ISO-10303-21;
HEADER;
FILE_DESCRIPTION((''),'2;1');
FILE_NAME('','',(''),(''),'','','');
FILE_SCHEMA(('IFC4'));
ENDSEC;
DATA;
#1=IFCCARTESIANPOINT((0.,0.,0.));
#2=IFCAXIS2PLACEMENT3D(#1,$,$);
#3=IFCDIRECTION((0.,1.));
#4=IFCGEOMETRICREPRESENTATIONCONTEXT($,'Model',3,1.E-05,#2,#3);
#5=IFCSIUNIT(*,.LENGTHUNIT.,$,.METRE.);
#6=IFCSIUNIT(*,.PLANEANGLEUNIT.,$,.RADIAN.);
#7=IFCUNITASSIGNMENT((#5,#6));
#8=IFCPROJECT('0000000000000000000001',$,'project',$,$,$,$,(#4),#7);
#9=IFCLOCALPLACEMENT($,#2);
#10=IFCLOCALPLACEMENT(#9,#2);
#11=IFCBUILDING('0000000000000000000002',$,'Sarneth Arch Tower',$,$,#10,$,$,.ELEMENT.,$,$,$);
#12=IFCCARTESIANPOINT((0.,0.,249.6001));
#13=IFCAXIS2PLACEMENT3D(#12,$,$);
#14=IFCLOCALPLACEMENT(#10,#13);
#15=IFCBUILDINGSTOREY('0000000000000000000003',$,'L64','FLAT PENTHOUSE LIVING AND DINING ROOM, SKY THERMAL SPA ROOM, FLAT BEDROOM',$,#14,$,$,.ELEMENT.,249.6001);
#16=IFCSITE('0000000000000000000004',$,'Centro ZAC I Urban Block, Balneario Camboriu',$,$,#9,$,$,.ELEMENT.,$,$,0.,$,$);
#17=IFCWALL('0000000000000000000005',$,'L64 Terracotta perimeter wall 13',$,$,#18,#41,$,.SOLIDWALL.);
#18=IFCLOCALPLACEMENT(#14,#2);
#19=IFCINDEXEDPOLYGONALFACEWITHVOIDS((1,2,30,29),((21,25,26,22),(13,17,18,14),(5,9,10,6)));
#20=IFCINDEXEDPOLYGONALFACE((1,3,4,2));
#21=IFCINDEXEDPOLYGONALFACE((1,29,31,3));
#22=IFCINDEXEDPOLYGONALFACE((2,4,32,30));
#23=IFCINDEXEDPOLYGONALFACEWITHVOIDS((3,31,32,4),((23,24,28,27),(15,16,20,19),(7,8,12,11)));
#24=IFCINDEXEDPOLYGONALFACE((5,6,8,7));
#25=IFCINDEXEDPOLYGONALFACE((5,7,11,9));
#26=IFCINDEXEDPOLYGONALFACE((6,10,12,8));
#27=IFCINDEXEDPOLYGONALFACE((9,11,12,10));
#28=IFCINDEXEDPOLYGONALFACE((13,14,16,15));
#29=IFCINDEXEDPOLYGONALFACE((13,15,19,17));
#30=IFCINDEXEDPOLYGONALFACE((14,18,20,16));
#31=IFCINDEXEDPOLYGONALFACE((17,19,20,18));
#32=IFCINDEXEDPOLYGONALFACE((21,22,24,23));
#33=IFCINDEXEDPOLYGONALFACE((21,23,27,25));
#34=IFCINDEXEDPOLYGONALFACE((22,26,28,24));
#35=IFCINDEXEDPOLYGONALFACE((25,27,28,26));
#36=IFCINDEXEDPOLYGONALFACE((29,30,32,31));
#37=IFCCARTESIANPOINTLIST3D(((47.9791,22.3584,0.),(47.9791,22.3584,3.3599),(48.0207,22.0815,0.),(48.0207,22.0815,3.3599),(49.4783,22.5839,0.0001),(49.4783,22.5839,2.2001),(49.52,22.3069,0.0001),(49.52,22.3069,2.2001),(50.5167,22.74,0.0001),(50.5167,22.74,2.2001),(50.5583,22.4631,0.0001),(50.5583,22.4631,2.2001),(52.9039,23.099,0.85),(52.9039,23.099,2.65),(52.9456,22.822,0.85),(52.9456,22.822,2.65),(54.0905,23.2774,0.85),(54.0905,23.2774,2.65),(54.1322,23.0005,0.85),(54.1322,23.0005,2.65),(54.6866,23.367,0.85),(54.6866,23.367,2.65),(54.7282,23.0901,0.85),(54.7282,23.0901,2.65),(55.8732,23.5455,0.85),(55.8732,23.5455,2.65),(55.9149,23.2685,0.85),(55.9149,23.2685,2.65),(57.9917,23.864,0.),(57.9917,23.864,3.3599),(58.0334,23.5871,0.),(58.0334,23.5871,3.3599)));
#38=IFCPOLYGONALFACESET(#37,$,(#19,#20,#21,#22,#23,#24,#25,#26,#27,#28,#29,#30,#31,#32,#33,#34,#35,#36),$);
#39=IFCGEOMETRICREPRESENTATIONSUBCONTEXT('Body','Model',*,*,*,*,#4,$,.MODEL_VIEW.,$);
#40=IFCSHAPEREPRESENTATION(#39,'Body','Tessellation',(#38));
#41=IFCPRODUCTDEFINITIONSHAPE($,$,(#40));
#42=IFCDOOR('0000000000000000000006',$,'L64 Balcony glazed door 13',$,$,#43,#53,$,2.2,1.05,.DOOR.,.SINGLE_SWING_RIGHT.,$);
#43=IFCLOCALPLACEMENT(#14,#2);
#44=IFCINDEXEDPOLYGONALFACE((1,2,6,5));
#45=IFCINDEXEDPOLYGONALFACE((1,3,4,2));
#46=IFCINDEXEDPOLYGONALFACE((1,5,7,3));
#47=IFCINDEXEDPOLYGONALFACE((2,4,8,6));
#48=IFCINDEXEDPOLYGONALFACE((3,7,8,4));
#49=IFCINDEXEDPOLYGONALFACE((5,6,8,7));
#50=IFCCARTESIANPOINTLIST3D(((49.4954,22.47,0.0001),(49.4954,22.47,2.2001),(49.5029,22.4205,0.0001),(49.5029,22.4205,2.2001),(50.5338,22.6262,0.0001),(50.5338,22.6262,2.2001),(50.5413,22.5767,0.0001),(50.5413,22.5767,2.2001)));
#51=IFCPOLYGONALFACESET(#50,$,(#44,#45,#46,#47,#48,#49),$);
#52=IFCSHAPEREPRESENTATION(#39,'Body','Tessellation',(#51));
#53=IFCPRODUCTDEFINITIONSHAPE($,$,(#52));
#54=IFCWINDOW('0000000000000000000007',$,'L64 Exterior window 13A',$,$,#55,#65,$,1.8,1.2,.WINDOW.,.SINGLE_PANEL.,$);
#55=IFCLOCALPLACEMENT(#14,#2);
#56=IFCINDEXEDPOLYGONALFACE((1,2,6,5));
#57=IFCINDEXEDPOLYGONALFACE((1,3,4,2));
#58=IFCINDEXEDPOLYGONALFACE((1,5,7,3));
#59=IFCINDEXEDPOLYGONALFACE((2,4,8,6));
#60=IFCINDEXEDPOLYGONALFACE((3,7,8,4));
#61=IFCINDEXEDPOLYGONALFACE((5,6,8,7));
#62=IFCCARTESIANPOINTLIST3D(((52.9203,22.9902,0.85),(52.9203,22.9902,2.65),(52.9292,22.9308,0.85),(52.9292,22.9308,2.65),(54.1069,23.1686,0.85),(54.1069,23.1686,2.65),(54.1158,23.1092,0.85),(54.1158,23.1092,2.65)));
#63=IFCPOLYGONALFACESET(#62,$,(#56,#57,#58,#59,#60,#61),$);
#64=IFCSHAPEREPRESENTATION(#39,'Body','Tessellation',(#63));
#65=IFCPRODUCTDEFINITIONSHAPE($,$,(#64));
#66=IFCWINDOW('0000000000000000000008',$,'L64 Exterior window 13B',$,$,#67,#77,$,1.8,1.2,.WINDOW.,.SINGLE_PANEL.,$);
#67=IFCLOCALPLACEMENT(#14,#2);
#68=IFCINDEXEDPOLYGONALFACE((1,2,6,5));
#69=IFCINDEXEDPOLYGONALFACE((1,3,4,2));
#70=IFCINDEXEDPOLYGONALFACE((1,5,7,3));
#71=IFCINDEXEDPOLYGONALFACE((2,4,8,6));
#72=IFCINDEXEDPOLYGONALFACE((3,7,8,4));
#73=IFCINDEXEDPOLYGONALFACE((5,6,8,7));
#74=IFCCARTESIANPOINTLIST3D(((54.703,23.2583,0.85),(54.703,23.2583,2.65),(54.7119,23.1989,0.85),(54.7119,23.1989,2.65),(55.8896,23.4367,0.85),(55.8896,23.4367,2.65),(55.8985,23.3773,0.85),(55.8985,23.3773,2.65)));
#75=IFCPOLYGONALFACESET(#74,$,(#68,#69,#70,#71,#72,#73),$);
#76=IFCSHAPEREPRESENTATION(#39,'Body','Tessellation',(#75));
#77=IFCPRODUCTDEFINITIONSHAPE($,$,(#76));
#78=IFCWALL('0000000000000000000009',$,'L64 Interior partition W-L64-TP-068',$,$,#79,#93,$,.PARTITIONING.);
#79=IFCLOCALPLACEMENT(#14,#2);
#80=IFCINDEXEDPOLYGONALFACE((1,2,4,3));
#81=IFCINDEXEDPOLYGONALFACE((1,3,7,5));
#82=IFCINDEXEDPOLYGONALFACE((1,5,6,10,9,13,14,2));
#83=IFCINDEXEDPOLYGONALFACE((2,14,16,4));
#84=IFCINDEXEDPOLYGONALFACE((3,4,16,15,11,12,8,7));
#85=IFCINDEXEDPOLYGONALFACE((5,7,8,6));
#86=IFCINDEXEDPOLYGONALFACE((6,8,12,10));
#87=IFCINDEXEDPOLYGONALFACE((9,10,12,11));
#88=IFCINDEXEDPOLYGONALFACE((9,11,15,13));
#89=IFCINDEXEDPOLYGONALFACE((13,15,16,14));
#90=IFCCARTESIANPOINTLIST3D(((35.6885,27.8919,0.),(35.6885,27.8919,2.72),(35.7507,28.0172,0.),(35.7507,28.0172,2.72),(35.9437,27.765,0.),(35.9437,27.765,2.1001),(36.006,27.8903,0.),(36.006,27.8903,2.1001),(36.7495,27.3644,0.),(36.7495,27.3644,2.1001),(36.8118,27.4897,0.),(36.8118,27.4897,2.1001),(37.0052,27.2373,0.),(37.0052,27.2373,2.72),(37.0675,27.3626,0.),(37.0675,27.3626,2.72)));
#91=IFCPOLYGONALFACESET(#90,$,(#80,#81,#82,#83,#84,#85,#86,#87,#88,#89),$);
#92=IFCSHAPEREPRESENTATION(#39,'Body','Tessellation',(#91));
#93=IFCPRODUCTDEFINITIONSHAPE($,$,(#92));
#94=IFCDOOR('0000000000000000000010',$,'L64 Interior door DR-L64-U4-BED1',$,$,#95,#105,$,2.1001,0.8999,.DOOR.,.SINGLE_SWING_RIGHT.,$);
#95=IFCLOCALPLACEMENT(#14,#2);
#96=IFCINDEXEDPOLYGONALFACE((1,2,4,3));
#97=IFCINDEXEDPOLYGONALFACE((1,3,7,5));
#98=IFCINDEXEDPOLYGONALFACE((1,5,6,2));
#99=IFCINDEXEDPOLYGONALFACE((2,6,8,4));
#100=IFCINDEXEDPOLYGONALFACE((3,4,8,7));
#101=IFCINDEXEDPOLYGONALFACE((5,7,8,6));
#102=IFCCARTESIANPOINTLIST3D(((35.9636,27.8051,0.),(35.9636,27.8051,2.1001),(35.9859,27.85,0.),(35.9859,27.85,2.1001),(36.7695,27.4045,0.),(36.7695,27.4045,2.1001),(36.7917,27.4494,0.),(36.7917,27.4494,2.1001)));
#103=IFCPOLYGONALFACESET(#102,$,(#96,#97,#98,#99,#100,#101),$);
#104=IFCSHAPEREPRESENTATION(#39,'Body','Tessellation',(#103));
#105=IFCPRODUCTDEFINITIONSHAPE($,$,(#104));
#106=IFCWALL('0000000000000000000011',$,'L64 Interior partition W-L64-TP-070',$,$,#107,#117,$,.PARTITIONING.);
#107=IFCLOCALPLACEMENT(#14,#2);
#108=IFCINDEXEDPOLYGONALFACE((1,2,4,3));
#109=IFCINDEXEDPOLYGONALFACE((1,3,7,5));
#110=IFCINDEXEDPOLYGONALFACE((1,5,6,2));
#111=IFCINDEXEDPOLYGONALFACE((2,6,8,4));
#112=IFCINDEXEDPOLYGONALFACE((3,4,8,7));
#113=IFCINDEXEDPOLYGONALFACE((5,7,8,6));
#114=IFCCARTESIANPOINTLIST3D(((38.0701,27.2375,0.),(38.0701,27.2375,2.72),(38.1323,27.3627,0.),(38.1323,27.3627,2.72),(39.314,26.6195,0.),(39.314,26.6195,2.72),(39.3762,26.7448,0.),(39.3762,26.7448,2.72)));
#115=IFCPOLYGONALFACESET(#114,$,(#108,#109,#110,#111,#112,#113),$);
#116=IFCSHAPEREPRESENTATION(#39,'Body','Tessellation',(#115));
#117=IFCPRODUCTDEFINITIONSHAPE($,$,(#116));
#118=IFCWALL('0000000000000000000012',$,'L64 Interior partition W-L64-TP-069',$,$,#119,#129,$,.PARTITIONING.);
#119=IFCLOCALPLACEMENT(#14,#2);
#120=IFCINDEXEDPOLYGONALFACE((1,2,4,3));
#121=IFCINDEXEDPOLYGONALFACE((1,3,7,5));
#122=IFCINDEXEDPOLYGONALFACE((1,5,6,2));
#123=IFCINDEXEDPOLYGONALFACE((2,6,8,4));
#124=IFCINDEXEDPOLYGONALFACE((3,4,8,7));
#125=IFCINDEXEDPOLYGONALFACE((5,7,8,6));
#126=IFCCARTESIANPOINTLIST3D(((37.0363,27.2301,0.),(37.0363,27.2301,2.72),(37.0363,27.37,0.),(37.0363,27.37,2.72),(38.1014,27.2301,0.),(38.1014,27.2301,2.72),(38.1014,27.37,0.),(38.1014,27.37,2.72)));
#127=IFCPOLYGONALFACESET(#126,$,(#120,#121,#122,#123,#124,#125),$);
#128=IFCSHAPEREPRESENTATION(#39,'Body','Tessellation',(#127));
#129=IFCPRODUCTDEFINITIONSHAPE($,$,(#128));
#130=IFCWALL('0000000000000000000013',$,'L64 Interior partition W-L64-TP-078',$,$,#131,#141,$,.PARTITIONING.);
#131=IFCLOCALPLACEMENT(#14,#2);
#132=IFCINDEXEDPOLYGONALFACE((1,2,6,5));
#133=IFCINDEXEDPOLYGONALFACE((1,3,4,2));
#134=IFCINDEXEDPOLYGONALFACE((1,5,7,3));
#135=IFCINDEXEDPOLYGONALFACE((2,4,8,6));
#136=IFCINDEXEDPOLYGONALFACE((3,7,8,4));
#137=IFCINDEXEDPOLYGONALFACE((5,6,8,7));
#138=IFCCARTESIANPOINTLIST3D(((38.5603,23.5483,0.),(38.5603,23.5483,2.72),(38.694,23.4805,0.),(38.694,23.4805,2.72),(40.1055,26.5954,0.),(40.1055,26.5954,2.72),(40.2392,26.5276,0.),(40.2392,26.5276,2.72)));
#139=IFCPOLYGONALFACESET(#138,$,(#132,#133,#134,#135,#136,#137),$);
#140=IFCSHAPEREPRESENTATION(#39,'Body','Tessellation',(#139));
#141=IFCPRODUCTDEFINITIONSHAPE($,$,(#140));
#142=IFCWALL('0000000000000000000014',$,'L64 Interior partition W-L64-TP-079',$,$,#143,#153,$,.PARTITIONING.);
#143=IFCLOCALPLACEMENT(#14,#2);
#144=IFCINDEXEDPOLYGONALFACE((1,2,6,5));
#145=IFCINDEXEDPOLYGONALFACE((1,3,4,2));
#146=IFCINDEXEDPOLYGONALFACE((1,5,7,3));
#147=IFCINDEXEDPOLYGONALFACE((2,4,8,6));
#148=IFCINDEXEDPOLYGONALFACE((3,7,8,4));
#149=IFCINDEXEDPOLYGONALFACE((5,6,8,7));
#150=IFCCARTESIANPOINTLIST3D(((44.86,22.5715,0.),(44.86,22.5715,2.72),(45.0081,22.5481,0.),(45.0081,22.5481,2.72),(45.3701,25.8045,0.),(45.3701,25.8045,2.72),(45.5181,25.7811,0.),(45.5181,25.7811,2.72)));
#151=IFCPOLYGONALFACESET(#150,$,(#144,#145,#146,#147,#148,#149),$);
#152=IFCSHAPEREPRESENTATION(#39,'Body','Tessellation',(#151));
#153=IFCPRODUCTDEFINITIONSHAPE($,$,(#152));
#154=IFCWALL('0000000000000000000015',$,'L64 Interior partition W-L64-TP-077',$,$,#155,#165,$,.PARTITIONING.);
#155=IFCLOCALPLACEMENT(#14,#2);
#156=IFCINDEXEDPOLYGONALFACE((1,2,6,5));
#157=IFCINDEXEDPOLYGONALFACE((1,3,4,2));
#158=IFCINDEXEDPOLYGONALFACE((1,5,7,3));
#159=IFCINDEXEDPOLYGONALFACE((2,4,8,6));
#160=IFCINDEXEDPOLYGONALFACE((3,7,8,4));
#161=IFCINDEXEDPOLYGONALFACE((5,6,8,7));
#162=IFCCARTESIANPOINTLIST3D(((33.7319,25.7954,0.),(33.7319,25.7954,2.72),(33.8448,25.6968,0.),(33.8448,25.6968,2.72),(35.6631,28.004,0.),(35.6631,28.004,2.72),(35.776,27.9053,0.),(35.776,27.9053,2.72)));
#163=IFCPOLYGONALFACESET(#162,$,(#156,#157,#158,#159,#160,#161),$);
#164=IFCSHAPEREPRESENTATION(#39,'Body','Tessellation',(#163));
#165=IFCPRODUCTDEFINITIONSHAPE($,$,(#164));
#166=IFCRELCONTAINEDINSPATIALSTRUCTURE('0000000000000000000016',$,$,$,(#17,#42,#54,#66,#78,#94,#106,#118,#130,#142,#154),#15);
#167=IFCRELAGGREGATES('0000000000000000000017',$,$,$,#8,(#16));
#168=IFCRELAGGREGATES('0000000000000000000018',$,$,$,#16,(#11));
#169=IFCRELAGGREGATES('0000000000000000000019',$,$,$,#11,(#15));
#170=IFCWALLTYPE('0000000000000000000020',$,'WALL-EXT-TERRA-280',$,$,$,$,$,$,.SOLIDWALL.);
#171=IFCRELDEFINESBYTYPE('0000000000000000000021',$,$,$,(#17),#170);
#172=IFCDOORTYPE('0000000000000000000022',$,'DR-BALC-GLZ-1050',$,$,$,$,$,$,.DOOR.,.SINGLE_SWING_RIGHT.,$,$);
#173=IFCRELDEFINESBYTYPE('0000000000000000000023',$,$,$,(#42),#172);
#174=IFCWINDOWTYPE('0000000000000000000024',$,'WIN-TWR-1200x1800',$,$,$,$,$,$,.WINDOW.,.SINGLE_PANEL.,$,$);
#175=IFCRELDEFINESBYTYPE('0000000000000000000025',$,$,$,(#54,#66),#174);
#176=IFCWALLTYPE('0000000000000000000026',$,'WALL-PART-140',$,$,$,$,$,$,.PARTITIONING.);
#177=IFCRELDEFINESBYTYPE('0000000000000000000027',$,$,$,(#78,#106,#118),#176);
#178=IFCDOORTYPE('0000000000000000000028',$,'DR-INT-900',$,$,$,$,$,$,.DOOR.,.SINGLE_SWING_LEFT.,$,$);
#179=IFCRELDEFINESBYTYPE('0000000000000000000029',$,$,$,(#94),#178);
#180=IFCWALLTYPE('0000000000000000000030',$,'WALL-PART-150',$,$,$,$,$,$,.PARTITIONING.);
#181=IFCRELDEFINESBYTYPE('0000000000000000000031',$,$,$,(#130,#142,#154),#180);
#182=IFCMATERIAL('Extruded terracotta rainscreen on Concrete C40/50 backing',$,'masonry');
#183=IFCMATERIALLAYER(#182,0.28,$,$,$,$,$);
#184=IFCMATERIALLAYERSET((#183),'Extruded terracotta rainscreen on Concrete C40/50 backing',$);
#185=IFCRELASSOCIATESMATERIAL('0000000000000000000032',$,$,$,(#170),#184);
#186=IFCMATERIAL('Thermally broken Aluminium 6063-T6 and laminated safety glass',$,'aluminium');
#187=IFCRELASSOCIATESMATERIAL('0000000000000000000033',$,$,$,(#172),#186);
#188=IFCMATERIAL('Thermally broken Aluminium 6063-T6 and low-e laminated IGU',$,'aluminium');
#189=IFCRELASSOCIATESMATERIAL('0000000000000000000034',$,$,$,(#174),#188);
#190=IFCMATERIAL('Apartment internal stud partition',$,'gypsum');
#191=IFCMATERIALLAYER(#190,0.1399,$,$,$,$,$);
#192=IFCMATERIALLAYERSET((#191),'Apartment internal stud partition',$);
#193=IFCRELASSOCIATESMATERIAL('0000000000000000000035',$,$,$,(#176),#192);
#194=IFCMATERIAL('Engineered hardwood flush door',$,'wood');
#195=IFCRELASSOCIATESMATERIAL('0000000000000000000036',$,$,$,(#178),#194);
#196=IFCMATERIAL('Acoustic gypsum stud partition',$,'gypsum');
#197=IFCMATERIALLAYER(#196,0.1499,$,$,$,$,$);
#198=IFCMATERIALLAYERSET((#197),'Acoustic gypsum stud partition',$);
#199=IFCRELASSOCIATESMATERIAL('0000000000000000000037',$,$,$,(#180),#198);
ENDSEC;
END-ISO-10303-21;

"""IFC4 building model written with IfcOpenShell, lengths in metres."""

from ifc_helpers import new_model, si_unit, direction, frame, frame_2d, origin, place, context, subcontext, project, spatial, rectangle, extrude, material, layer, layer_set, type_object, element, fill, save


model = new_model("IFC4")

# Units and contexts
model_context = context("Model", 3, precision=1e-05, world=origin(), true_north=direction((0.0, 1.0)))
body_context = subcontext(model_context, "Body", "Model", "MODEL_VIEW")
ifc_project = project(units=[si_unit("LENGTHUNIT", "METRE"), si_unit("PLANEANGLEUNIT", "RADIAN")], contexts=[model_context])

# Site, building, storey
site_placement = place(None, origin())
site = spatial("IfcSite", under=ifc_project, at=site_placement, Name="Centro ZAC I Urban Block, Balneario Camboriu", CompositionType="ELEMENT", RefElevation=0.0)
building_placement = place(site_placement, origin())
building = spatial("IfcBuilding", under=site, at=building_placement, Name="Sarneth Arch Tower", CompositionType="ELEMENT")
storey_placement = place(building_placement, frame((0.0, 0.0, 249.6001)))
storey = spatial("IfcBuildingStorey", under=building, at=storey_placement, Name="L64", Description="FLAT PENTHOUSE LIVING AND DINING ROOM, SKY THERMAL SPA ROOM, FLAT BEDROOM", CompositionType="ELEMENT", Elevation=249.6001)

# Wall, openings, door, windows
ifc_material_1 = material(Name="Extruded terracotta rainscreen on Concrete C40/50 backing", Category="masonry")
ifc_layer_1 = layer(ifc_material_1, 0.28)
ifc_layer_set_1 = layer_set([ifc_layer_1], Name="Extruded terracotta rainscreen on Concrete C40/50 backing")
wall_type_1 = type_object("IfcWallType", Name="WALL-EXT-TERRA-280", PredefinedType="SOLIDWALL", material=ifc_layer_set_1)
wall_1_placement = place(storey_placement, frame((48.0, 22.22, 0.0), z_axis=(0.0, 0.0, 1.0), x_axis=(0.988883, 0.148699, 0.0)))
wall_1 = element("IfcWall", 1, at=wall_1_placement, inside=storey, type_object=wall_type_1, Name="L64 Terracotta perimeter wall 13", PredefinedType="SOLIDWALL", context=body_context, shape_type="SweptSolid", body=[
    extrude(rectangle(XDim=10.1252, YDim=0.28, at=frame_2d((5.0625, 0.0))), origin(), (0.0, 0.0, 1.0), 3.3599),
])
opening_1_placement = place(wall_1_placement, frame((1.5161, 0.0, 0.0)))
opening_1 = element("IfcOpeningElement", 2, at=opening_1_placement, cuts=wall_1, PredefinedType="OPENING", context=body_context, shape_type="SweptSolid", body=[
    extrude(rectangle(XDim=1.05, YDim=2.2, at=frame_2d((0.5249, 1.1001))), frame((0.0, 0.1499, 0.0), z_axis=(0.0, -1.0, 0.0), x_axis=(1.0, 0.0, 0.0)), (0.0, 0.0, 1.0), 0.3),
])
opening_2_placement = place(wall_1_placement, frame((4.98, 0.0, 0.8501)))
opening_2 = element("IfcOpeningElement", 3, at=opening_2_placement, cuts=wall_1, PredefinedType="OPENING", context=body_context, shape_type="SweptSolid", body=[
    extrude(rectangle(XDim=1.2, YDim=1.8, at=frame_2d((0.6001, 0.8999))), frame((0.0, 0.1499, 0.0), z_axis=(0.0, -1.0, 0.0), x_axis=(1.0, 0.0, 0.0)), (0.0, 0.0, 1.0), 0.3),
])
opening_3_placement = place(wall_1_placement, frame((6.7827, 0.0, 0.8501)))
opening_3 = element("IfcOpeningElement", 4, at=opening_3_placement, cuts=wall_1, PredefinedType="OPENING", context=body_context, shape_type="SweptSolid", body=[
    extrude(rectangle(XDim=1.2, YDim=1.8, at=frame_2d((0.6001, 0.8999))), frame((0.0, 0.1499, 0.0), z_axis=(0.0, -1.0, 0.0), x_axis=(1.0, 0.0, 0.0)), (0.0, 0.0, 1.0), 0.3),
])
ifc_material_2 = material(Name="Thermally broken Aluminium 6063-T6 and laminated safety glass", Category="aluminium")
door_type_1 = type_object("IfcDoorType", Name="DR-BALC-GLZ-1050", OperationType="SINGLE_SWING_RIGHT", PredefinedType="DOOR", material=ifc_material_2)
door_1_placement = place(opening_1_placement, origin())
door_1 = element("IfcDoor", 5, at=door_1_placement, inside=storey, type_object=door_type_1, Name="L64 Balcony glazed door 13", OperationType="SINGLE_SWING_RIGHT", OverallHeight=2.2, OverallWidth=1.05, PredefinedType="DOOR", context=body_context, shape_type="SweptSolid", body=[
    extrude(rectangle(XDim=1.05, YDim=2.2, at=frame_2d((0.5249, 1.1001))), frame((0.0, 0.0249, 0.0), z_axis=(0.0, -1.0, 0.0), x_axis=(1.0, 0.0, 0.0)), (0.0, 0.0, 1.0), 0.05),
])
fill(opening_1, door_1)
ifc_material_3 = material(Name="Thermally broken Aluminium 6063-T6 and low-e laminated IGU", Category="aluminium")
window_type_1 = type_object("IfcWindowType", Name="WIN-TWR-1200x1800", PartitioningType="SINGLE_PANEL", PredefinedType="WINDOW", material=ifc_material_3)
window_1_placement = place(opening_2_placement, origin())
window_1 = element("IfcWindow", 6, at=window_1_placement, inside=storey, type_object=window_type_1, Name="L64 Exterior window 13A", OverallHeight=1.8, OverallWidth=1.2, PartitioningType="SINGLE_PANEL", PredefinedType="WINDOW", context=body_context, shape_type="SweptSolid", body=[
    extrude(rectangle(XDim=1.2, YDim=1.8, at=frame_2d((0.6001, 0.8999))), frame((0.0, 0.03, 0.0), z_axis=(0.0, -1.0, 0.0), x_axis=(1.0, 0.0, 0.0)), (0.0, 0.0, 1.0), 0.0601),
])
fill(opening_2, window_1)
window_2_placement = place(opening_3_placement, origin())
window_2 = element("IfcWindow", 7, at=window_2_placement, inside=storey, type_object=window_type_1, Name="L64 Exterior window 13B", OverallHeight=1.8, OverallWidth=1.2, PartitioningType="SINGLE_PANEL", PredefinedType="WINDOW", context=body_context, shape_type="SweptSolid", body=[
    extrude(rectangle(XDim=1.2, YDim=1.8, at=frame_2d((0.6001, 0.8999))), frame((0.0, 0.03, 0.0), z_axis=(0.0, -1.0, 0.0), x_axis=(1.0, 0.0, 0.0)), (0.0, 0.0, 1.0), 0.0601),
])
fill(opening_3, window_2)

# Wall, opening, door
ifc_material_4 = material(Name="Apartment internal stud partition", Category="gypsum")
ifc_layer_2 = layer(ifc_material_4, 0.1399)
ifc_layer_set_2 = layer_set([ifc_layer_2], Name="Apartment internal stud partition")
wall_type_2 = type_object("IfcWallType", Name="WALL-PART-140", PredefinedType="PARTITIONING", material=ifc_layer_set_2)
wall_2_placement = place(storey_placement, frame((35.7195, 27.9546, 0.0), z_axis=(0.0, 0.0, 1.0), x_axis=(0.895454, -0.445154, 0.0)))
wall_2 = element("IfcWall", 8, at=wall_2_placement, inside=storey, type_object=wall_type_2, Name="L64 Interior partition W-L64-TP-068", PredefinedType="PARTITIONING", context=body_context, shape_type="SweptSolid", body=[
    extrude(rectangle(XDim=1.4705, YDim=0.1399, at=frame_2d((0.7354, 0.0))), origin(), (0.0, 0.0, 1.0), 2.72),
])
opening_4_placement = place(wall_2_placement, frame((0.2852, 0.0, 0.0)))
opening_4 = element("IfcOpeningElement", 9, at=opening_4_placement, cuts=wall_2, PredefinedType="OPENING", context=body_context, shape_type="SweptSolid", body=[
    extrude(rectangle(XDim=0.8999, YDim=2.1001, at=frame_2d((0.45, 1.05))), frame((0.0, 0.0798, 0.0), z_axis=(0.0, -1.0, 0.0), x_axis=(1.0, 0.0, 0.0)), (0.0, 0.0, 1.0), 0.1599),
])
ifc_material_5 = material(Name="Engineered hardwood flush door", Category="wood")
door_type_2 = type_object("IfcDoorType", Name="DR-INT-900", OperationType="SINGLE_SWING_LEFT", PredefinedType="DOOR", material=ifc_material_5)
door_2_placement = place(opening_4_placement, origin())
door_2 = element("IfcDoor", 10, at=door_2_placement, inside=storey, type_object=door_type_2, Name="L64 Interior door DR-L64-U4-BED1", OperationType="SINGLE_SWING_RIGHT", OverallHeight=2.1001, OverallWidth=0.8999, PredefinedType="DOOR", context=body_context, shape_type="SweptSolid", body=[
    extrude(rectangle(XDim=0.8999, YDim=2.1001, at=frame_2d((0.45, 1.05))), frame((0.0, 0.0249, 0.0), z_axis=(0.0, -1.0, 0.0), x_axis=(1.0, 0.0, 0.0)), (0.0, 0.0, 1.0), 0.05),
])
fill(opening_4, door_2)

# Walls
wall_3_placement = place(storey_placement, frame((38.1013, 27.3, 0.0), z_axis=(0.0, 0.0, 1.0), x_axis=(0.895584, -0.444892, 0.0)))
element("IfcWall", 11, at=wall_3_placement, inside=storey, type_object=wall_type_2, Name="L64 Interior partition W-L64-TP-070", PredefinedType="PARTITIONING", context=body_context, shape_type="SweptSolid", body=[
    extrude(rectangle(XDim=1.3889, YDim=0.1399, at=frame_2d((0.6943, 0.0))), origin(), (0.0, 0.0, 1.0), 2.72),
])
wall_4_placement = place(storey_placement, frame((37.0361, 27.3, 0.0), z_axis=(0.0, 0.0, 1.0), x_axis=(1.0, 0.0, 0.0)))
element("IfcWall", 12, at=wall_4_placement, inside=storey, type_object=wall_type_2, Name="L64 Interior partition W-L64-TP-069", PredefinedType="PARTITIONING", context=body_context, shape_type="SweptSolid", body=[
    extrude(rectangle(XDim=1.0652, YDim=0.1399, at=frame_2d((0.5327, 0.0))), origin(), (0.0, 0.0, 1.0), 2.72),
])
ifc_material_6 = material(Name="Acoustic gypsum stud partition", Category="gypsum")
ifc_layer_3 = layer(ifc_material_6, 0.1499)
ifc_layer_set_3 = layer_set([ifc_layer_3], Name="Acoustic gypsum stud partition")
wall_type_3 = type_object("IfcWallType", Name="WALL-PART-150", PredefinedType="PARTITIONING", material=ifc_layer_set_3)
wall_5_placement = place(storey_placement, frame((40.1724, 26.5615, 0.0), z_axis=(0.0, 0.0, 1.0), x_axis=(-0.452266, -0.891883, 0.0)))
element("IfcWall", 13, at=wall_5_placement, inside=storey, type_object=wall_type_3, Name="L64 Interior partition W-L64-TP-078", PredefinedType="PARTITIONING", context=body_context, shape_type="SweptSolid", body=[
    extrude(rectangle(XDim=3.4165, YDim=0.1499, at=frame_2d((1.7083, 0.0))), origin(), (0.0, 0.0, 1.0), 2.72),
])
wall_6_placement = place(storey_placement, frame((44.9341, 22.5598, 0.0), z_axis=(0.0, 0.0, 1.0), x_axis=(0.155829, 0.987784, 0.0)))
element("IfcWall", 14, at=wall_6_placement, inside=storey, type_object=wall_type_3, Name="L64 Interior partition W-L64-TP-079", PredefinedType="PARTITIONING", context=body_context, shape_type="SweptSolid", body=[
    extrude(rectangle(XDim=3.2729, YDim=0.1499, at=frame_2d((1.6365, 0.0))), origin(), (0.0, 0.0, 1.0), 2.72),
])
wall_7_placement = place(storey_placement, frame((35.7195, 27.9546, 0.0), z_axis=(0.0, 0.0, 1.0), x_axis=(-0.658257, -0.752793, 0.0)))
element("IfcWall", 15, at=wall_7_placement, inside=storey, type_object=wall_type_3, Name="L64 Interior partition W-L64-TP-077", PredefinedType="PARTITIONING", context=body_context, shape_type="SweptSolid", body=[
    extrude(rectangle(XDim=2.9338, YDim=0.1499, at=frame_2d((1.4668, 0.0))), origin(), (0.0, 0.0, 1.0), 2.72),
])

save(model, "model.ifc")
